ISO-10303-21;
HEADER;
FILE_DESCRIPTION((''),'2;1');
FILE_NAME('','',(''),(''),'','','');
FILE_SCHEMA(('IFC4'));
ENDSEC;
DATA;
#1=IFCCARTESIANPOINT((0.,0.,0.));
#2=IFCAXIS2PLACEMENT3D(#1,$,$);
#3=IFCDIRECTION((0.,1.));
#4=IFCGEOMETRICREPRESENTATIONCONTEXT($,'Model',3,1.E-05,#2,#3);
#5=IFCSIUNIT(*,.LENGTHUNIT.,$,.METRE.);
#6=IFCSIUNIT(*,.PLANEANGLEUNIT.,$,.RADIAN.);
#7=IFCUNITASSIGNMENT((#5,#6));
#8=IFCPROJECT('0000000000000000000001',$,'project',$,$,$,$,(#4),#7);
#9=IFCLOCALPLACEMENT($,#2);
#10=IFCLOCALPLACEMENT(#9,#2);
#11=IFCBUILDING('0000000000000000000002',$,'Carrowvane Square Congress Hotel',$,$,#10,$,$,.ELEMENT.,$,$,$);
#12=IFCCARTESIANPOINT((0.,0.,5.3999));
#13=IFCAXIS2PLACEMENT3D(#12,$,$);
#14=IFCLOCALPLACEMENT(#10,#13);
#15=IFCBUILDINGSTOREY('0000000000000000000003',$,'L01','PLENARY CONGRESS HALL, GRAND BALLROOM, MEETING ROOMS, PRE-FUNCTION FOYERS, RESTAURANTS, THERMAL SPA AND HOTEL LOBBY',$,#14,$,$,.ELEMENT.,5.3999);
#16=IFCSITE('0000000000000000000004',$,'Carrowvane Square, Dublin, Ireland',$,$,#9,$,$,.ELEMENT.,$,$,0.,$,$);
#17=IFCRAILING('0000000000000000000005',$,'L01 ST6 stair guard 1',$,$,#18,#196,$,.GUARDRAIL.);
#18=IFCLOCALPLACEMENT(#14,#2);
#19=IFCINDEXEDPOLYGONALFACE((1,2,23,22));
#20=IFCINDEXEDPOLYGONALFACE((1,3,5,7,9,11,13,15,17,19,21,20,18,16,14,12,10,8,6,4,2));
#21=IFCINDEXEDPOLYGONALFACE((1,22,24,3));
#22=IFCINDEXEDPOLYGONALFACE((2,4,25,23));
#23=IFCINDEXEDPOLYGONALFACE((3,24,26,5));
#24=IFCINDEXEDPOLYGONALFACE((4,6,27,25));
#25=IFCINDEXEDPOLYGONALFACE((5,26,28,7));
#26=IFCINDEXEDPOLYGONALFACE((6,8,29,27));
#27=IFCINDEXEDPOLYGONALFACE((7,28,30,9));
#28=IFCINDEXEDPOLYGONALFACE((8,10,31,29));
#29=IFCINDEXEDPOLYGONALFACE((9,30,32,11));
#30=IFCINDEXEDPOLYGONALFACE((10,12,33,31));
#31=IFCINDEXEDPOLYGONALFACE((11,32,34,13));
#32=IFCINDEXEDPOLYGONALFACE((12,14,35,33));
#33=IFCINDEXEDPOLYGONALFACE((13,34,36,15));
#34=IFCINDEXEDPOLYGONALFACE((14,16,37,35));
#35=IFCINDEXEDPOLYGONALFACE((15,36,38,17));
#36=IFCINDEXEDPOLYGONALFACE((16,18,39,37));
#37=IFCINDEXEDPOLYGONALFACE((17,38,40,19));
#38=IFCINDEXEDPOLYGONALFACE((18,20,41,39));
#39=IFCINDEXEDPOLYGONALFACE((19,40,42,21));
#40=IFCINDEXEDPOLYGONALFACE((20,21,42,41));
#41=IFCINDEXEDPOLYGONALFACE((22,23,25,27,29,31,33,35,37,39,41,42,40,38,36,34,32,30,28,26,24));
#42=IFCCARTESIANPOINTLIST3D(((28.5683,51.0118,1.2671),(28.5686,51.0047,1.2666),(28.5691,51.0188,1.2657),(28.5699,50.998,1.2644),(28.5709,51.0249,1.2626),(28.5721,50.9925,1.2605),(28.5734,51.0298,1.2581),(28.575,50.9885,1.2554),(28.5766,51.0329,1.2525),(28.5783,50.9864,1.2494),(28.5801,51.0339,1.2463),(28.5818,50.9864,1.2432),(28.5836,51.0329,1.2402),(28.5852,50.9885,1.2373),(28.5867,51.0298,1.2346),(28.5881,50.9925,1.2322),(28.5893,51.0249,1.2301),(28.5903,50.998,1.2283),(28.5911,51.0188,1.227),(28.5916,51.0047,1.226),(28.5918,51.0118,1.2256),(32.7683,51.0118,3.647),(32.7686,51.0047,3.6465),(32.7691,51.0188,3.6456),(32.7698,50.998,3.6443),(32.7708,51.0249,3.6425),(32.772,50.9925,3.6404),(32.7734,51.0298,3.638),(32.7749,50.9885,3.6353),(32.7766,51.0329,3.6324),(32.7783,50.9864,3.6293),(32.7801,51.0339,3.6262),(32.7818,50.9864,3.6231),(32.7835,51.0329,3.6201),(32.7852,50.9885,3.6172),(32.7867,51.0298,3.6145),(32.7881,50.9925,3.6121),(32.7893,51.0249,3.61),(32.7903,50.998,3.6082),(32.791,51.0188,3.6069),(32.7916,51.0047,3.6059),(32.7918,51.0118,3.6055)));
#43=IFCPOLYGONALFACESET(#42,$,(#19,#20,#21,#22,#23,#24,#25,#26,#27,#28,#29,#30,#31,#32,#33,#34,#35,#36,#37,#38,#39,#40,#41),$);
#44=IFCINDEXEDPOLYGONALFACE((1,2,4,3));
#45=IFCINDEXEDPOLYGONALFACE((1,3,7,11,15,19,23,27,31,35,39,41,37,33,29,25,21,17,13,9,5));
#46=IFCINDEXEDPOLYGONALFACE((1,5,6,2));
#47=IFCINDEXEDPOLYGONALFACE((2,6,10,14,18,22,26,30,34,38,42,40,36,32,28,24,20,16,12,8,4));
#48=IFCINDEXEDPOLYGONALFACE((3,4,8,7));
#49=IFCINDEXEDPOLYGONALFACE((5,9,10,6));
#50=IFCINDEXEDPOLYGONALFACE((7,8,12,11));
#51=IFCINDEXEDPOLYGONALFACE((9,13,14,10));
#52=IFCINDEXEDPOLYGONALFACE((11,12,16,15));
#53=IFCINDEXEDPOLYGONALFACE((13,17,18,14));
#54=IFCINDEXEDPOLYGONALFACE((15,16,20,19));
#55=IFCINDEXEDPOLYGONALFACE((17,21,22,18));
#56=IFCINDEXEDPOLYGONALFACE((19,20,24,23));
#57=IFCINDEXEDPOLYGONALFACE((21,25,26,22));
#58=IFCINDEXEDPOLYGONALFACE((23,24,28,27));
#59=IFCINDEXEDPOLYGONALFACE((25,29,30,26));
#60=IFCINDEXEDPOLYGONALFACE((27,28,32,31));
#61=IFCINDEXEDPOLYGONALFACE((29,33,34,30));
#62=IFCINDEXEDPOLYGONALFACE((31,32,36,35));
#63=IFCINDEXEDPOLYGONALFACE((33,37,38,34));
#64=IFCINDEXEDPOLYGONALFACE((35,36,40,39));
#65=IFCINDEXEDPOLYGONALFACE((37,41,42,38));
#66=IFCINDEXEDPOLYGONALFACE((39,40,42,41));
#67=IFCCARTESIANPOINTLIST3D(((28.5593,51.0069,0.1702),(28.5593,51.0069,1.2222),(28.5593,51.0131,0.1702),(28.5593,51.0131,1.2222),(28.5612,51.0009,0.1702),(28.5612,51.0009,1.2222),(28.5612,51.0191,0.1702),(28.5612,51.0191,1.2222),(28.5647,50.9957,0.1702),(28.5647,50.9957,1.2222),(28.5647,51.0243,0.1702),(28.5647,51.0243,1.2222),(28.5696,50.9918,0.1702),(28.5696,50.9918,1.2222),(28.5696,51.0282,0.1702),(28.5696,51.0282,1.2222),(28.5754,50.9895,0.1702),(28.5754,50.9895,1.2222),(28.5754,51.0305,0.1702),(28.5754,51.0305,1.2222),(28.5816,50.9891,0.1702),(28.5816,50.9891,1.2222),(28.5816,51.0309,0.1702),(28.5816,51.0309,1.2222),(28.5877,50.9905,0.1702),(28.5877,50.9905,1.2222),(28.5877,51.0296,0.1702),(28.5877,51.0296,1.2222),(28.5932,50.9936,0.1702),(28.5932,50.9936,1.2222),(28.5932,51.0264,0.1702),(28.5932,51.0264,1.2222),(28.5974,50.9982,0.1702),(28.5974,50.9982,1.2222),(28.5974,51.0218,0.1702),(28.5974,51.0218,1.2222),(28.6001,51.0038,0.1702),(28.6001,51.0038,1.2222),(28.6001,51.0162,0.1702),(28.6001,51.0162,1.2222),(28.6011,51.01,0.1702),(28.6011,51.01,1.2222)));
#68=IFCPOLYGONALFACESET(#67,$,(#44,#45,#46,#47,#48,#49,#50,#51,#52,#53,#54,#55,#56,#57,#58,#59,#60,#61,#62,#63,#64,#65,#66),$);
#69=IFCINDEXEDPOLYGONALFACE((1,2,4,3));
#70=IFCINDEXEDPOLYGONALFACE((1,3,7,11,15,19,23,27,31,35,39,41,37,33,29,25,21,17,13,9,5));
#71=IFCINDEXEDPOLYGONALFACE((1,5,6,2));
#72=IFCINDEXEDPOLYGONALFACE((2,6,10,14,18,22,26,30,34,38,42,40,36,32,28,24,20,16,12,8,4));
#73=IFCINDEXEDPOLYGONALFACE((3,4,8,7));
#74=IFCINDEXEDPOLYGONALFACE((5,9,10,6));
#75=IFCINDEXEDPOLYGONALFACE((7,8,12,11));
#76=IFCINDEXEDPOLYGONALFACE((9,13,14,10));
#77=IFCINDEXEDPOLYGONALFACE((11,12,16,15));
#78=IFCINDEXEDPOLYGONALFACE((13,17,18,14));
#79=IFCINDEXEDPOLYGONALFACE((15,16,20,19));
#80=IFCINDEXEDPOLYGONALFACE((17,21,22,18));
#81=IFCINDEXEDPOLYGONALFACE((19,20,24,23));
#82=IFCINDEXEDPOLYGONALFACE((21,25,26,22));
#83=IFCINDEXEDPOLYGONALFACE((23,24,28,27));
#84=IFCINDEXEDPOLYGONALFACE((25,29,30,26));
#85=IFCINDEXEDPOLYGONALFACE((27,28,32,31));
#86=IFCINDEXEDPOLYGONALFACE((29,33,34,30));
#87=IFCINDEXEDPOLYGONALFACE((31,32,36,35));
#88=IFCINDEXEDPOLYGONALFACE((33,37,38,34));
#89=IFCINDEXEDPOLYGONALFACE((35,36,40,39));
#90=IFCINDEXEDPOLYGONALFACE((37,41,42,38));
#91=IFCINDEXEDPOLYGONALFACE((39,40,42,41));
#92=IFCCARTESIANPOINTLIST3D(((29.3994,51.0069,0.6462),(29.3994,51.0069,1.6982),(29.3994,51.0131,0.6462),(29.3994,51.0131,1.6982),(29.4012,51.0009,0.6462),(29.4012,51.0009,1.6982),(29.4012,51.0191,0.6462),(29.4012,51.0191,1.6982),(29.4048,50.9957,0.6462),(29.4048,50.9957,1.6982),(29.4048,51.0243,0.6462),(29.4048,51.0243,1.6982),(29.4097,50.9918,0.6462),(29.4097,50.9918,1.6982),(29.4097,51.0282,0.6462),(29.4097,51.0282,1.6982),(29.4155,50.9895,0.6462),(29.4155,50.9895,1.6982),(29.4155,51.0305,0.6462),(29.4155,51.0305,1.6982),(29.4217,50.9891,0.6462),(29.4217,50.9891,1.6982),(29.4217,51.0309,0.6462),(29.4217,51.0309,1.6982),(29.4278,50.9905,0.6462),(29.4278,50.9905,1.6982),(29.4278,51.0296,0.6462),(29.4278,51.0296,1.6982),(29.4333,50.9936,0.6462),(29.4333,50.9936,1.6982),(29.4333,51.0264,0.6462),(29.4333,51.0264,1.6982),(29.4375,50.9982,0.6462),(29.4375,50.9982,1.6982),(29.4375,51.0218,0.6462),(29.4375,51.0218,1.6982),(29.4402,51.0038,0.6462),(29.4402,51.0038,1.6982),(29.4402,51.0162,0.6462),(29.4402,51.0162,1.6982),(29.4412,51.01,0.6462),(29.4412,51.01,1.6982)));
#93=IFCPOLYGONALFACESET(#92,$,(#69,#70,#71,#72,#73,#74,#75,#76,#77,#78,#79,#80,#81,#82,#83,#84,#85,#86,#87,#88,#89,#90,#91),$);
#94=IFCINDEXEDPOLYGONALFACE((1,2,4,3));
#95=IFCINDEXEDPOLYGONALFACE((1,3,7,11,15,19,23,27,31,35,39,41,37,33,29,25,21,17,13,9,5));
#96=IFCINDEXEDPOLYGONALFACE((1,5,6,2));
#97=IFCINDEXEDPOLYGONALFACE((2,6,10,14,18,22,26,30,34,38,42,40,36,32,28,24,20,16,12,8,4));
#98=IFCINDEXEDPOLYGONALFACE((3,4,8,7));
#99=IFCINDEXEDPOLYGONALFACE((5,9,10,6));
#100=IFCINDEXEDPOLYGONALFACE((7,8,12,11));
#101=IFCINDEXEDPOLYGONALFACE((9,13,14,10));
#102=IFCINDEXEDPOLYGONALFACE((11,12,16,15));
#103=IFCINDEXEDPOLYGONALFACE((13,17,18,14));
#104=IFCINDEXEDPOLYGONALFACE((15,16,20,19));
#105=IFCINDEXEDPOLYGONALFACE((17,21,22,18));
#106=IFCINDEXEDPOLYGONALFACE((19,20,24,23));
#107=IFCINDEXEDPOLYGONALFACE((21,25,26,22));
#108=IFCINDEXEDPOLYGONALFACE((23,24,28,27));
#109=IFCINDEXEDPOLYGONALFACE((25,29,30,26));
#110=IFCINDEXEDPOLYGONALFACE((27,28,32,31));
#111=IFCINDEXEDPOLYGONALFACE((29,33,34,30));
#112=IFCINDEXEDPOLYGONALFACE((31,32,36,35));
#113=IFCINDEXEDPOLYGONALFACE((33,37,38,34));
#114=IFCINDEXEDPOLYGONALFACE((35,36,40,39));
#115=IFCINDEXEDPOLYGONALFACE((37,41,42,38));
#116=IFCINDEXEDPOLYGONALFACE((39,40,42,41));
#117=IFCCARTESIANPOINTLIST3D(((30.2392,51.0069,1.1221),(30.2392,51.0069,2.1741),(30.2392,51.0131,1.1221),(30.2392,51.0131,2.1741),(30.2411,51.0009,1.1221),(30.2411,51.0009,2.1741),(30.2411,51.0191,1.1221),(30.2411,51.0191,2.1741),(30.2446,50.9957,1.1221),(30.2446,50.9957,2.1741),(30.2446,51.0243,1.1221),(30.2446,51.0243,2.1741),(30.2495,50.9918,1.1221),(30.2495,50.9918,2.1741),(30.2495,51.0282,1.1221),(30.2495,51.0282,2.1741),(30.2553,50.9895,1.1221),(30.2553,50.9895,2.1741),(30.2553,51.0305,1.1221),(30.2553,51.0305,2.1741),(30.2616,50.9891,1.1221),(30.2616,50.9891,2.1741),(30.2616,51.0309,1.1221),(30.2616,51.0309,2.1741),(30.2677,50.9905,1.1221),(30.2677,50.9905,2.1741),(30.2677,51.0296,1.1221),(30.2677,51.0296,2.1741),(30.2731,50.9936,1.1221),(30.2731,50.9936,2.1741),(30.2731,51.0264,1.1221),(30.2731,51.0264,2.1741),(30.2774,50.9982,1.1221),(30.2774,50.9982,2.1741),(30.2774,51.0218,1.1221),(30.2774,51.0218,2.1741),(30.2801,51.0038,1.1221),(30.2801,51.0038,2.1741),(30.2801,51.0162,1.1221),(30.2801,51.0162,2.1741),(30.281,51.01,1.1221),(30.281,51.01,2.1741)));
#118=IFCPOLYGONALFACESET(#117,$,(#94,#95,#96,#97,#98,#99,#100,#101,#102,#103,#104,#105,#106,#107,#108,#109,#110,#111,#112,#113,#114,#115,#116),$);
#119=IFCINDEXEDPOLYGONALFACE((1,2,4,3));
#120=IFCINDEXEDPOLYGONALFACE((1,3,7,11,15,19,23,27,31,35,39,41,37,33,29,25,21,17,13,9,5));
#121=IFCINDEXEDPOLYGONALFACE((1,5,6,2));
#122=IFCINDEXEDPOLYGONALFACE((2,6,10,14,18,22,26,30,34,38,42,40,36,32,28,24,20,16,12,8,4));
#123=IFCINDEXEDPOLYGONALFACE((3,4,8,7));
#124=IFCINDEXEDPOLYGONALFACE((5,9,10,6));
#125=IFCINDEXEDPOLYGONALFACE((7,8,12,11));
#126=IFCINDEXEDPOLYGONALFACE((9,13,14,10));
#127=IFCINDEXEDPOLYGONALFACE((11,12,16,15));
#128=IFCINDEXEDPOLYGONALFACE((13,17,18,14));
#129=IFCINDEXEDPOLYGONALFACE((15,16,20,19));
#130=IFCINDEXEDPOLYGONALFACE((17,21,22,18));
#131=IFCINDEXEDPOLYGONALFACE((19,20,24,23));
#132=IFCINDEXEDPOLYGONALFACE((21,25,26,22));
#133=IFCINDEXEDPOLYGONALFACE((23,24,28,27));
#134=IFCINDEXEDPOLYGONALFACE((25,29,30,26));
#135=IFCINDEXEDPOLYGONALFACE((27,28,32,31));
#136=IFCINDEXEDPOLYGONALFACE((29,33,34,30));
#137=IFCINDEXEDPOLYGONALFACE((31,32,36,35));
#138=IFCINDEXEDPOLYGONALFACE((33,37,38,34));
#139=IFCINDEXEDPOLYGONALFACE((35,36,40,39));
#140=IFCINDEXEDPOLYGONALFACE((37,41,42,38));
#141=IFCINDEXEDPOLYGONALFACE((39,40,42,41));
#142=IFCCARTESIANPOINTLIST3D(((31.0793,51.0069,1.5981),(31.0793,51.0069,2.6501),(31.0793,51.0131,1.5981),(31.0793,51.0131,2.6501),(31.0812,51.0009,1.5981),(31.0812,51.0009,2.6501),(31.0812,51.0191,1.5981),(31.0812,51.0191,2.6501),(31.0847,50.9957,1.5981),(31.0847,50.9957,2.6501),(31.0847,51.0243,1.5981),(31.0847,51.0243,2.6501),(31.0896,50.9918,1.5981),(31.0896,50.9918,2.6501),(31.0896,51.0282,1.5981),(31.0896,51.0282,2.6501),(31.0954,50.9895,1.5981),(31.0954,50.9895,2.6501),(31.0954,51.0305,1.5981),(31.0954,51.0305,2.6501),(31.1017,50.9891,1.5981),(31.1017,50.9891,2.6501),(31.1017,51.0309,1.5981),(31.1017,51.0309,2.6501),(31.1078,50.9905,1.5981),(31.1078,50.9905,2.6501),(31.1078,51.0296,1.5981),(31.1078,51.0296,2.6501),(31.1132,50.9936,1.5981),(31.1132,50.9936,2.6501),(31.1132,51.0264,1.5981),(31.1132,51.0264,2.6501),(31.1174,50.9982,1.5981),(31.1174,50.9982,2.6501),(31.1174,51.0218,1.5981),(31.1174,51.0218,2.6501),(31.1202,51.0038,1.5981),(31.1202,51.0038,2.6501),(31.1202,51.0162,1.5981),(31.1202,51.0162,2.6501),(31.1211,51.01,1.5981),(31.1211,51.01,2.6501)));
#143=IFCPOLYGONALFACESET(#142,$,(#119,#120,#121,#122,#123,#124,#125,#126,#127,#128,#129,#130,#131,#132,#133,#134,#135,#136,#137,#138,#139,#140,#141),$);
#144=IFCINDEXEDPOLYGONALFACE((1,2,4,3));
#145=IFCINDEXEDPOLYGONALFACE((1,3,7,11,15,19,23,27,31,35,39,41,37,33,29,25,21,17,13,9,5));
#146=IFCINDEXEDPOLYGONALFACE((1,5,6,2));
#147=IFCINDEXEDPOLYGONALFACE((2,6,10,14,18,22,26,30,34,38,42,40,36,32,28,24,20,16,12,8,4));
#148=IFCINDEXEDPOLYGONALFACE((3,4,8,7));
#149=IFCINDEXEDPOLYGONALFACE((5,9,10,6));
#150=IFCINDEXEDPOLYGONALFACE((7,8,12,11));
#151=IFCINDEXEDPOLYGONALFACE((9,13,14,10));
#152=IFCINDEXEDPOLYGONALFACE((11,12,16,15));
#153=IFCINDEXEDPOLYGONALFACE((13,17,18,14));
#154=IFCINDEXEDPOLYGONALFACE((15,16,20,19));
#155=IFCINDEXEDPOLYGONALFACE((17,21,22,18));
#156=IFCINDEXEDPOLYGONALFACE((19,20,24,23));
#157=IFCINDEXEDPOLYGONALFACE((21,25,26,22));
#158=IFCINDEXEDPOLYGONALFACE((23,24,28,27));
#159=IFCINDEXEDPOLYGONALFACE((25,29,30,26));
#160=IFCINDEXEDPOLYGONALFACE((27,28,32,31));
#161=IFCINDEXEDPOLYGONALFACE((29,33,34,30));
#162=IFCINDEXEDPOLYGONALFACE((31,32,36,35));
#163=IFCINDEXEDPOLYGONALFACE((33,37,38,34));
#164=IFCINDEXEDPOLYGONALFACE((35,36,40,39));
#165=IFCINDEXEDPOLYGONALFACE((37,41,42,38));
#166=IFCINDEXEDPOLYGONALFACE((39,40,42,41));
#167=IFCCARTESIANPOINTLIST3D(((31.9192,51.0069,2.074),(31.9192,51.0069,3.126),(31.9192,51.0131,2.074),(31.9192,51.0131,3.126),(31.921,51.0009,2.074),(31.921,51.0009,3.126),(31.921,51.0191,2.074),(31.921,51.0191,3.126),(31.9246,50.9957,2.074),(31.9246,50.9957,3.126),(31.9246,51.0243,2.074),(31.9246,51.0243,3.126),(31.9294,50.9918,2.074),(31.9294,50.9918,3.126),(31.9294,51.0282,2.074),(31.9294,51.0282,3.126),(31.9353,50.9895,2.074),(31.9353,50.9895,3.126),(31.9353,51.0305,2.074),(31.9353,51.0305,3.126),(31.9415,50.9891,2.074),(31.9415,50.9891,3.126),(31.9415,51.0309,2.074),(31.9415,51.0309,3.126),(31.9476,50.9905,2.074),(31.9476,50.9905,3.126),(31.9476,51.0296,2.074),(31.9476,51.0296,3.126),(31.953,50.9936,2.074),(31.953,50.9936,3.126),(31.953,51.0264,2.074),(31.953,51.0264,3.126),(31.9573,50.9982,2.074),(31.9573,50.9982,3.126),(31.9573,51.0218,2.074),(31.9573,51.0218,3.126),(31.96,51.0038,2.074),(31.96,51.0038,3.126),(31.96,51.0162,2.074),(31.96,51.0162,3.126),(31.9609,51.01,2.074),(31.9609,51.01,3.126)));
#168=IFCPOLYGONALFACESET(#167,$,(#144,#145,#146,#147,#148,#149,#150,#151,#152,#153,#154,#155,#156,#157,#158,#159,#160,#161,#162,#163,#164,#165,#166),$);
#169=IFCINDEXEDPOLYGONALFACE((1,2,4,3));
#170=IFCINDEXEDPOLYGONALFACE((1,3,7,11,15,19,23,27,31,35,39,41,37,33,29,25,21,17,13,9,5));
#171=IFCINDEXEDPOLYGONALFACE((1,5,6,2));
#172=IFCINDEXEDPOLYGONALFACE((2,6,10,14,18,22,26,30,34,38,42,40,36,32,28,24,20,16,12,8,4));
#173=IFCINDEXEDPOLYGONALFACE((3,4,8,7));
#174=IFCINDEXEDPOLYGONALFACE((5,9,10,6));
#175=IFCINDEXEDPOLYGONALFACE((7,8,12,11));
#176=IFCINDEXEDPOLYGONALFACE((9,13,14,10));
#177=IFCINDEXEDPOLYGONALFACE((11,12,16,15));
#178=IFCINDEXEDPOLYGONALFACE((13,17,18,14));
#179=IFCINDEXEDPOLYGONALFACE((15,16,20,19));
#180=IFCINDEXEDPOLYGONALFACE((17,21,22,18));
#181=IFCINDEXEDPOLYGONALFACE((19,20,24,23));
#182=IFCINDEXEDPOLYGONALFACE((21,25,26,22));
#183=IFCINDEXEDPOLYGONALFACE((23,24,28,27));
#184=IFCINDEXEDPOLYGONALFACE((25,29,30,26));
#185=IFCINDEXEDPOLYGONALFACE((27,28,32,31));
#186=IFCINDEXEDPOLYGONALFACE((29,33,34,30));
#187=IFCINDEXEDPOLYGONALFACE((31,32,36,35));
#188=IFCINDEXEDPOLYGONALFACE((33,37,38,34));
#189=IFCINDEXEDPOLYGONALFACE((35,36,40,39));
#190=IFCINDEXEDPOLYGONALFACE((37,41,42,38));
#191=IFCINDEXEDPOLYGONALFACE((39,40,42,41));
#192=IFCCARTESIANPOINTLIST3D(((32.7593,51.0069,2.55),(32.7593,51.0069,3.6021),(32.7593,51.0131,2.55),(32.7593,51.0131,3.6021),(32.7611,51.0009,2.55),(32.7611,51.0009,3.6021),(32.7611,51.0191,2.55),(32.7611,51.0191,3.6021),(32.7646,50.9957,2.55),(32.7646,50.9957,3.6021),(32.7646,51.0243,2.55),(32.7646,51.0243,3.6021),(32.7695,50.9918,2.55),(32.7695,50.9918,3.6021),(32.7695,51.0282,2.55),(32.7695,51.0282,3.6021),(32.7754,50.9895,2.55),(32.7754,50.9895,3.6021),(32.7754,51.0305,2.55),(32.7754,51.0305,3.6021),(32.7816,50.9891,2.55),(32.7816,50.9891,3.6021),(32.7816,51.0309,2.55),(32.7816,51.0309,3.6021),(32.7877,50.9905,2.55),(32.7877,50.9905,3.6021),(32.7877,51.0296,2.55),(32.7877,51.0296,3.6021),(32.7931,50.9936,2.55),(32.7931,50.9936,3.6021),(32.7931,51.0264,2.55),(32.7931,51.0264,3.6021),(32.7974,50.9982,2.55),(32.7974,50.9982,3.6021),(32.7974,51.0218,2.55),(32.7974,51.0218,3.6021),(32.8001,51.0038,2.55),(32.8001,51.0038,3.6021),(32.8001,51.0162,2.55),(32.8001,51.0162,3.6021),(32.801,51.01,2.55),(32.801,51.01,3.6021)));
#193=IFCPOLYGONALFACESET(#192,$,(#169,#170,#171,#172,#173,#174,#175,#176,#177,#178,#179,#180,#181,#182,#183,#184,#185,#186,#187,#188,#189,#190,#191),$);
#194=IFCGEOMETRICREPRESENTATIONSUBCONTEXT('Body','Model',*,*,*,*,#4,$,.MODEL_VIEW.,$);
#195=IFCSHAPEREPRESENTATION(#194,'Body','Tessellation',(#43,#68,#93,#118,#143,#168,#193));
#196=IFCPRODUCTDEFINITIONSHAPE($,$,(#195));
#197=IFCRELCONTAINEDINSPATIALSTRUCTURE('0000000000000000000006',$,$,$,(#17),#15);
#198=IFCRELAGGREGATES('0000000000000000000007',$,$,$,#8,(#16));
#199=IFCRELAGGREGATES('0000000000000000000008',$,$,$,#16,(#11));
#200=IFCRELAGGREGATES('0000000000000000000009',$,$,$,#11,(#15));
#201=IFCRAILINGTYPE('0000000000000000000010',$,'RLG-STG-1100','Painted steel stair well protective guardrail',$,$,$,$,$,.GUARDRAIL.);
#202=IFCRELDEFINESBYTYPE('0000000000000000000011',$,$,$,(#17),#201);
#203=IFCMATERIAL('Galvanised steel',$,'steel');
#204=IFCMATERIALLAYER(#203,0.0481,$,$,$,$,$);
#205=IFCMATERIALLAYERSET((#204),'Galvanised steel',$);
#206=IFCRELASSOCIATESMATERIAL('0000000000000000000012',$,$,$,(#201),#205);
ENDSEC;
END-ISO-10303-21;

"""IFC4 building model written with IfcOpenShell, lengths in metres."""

from ifc_helpers import new_model, si_unit, direction, frame, origin, origin_2d, place, context, subcontext, project, spatial, circle, extrude, material, layer, layer_set, type_object, element, save


model = new_model("IFC4")

# Units and contexts
model_context = context("Model", 3, precision=1e-05, world=origin(), true_north=direction((0.0, 1.0)))
body_context = subcontext(model_context, "Body", "Model", "MODEL_VIEW")
ifc_project = project(units=[si_unit("LENGTHUNIT", "METRE"), si_unit("PLANEANGLEUNIT", "RADIAN")], contexts=[model_context])

# Site, building, storey
site_placement = place(None, origin())
site = spatial("IfcSite", under=ifc_project, at=site_placement, Name="Carrowvane Square, Dublin, Ireland", CompositionType="ELEMENT", RefElevation=0.0)
building_placement = place(site_placement, origin())
building = spatial("IfcBuilding", under=site, at=building_placement, Name="Carrowvane Square Congress Hotel", CompositionType="ELEMENT")
storey_placement = place(building_placement, frame((0.0, 0.0, 5.3999)))
storey = spatial("IfcBuildingStorey", under=building, at=storey_placement, Name="L01", Description="PLENARY CONGRESS HALL, GRAND BALLROOM, MEETING ROOMS, PRE-FUNCTION FOYERS, RESTAURANTS, THERMAL SPA AND HOTEL LOBBY", CompositionType="ELEMENT", Elevation=5.3999)

# Railing
ifc_material_1 = material(Name="Galvanised steel", Category="steel")
ifc_layer_1 = layer(ifc_material_1, 0.0481)
ifc_layer_set_1 = layer_set([ifc_layer_1], Name="Galvanised steel")
railing_type_1 = type_object("IfcRailingType", Name="RLG-STG-1100", Description="Painted steel stair well protective guardrail", PredefinedType="GUARDRAIL", material=ifc_layer_set_1)
railing_1_placement = place(storey_placement, frame((28.5801, 51.01, 0.1702)))
element("IfcRailing", 1, at=railing_1_placement, inside=storey, type_object=railing_type_1, Name="L01 ST6 stair guard 1", PredefinedType="GUARDRAIL", context=body_context, shape_type="SweptSolid", body=[
    extrude(circle(Radius=0.0239, at=origin_2d()), frame((0.0, 0.0, 1.0762), z_axis=(0.87003, 0.0, 0.492999), x_axis=(0.0, 1.0, 0.0)), (0.0, 0.0, 1.0), 4.8274),
    extrude(circle(Radius=0.021, at=origin_2d()), origin(), (0.0, 0.0, 1.0), 1.052),
    extrude(circle(Radius=0.021, at=origin_2d()), frame((0.8401, 0.0, 0.4761)), (0.0, 0.0, 1.0), 1.052),
    extrude(circle(Radius=0.021, at=origin_2d()), frame((1.6799, 0.0, 0.9519)), (0.0, 0.0, 1.0), 1.052),
    extrude(circle(Radius=0.021, at=origin_2d()), frame((2.52, 0.0, 1.428)), (0.0, 0.0, 1.0), 1.052),
    extrude(circle(Radius=0.021, at=origin_2d()), frame((3.3599, 0.0, 1.9038)), (0.0, 0.0, 1.0), 1.052),
    extrude(circle(Radius=0.021, at=origin_2d()), frame((4.2, 0.0, 2.3799)), (0.0, 0.0, 1.0), 1.052),
])

save(model, "model.ifc")
